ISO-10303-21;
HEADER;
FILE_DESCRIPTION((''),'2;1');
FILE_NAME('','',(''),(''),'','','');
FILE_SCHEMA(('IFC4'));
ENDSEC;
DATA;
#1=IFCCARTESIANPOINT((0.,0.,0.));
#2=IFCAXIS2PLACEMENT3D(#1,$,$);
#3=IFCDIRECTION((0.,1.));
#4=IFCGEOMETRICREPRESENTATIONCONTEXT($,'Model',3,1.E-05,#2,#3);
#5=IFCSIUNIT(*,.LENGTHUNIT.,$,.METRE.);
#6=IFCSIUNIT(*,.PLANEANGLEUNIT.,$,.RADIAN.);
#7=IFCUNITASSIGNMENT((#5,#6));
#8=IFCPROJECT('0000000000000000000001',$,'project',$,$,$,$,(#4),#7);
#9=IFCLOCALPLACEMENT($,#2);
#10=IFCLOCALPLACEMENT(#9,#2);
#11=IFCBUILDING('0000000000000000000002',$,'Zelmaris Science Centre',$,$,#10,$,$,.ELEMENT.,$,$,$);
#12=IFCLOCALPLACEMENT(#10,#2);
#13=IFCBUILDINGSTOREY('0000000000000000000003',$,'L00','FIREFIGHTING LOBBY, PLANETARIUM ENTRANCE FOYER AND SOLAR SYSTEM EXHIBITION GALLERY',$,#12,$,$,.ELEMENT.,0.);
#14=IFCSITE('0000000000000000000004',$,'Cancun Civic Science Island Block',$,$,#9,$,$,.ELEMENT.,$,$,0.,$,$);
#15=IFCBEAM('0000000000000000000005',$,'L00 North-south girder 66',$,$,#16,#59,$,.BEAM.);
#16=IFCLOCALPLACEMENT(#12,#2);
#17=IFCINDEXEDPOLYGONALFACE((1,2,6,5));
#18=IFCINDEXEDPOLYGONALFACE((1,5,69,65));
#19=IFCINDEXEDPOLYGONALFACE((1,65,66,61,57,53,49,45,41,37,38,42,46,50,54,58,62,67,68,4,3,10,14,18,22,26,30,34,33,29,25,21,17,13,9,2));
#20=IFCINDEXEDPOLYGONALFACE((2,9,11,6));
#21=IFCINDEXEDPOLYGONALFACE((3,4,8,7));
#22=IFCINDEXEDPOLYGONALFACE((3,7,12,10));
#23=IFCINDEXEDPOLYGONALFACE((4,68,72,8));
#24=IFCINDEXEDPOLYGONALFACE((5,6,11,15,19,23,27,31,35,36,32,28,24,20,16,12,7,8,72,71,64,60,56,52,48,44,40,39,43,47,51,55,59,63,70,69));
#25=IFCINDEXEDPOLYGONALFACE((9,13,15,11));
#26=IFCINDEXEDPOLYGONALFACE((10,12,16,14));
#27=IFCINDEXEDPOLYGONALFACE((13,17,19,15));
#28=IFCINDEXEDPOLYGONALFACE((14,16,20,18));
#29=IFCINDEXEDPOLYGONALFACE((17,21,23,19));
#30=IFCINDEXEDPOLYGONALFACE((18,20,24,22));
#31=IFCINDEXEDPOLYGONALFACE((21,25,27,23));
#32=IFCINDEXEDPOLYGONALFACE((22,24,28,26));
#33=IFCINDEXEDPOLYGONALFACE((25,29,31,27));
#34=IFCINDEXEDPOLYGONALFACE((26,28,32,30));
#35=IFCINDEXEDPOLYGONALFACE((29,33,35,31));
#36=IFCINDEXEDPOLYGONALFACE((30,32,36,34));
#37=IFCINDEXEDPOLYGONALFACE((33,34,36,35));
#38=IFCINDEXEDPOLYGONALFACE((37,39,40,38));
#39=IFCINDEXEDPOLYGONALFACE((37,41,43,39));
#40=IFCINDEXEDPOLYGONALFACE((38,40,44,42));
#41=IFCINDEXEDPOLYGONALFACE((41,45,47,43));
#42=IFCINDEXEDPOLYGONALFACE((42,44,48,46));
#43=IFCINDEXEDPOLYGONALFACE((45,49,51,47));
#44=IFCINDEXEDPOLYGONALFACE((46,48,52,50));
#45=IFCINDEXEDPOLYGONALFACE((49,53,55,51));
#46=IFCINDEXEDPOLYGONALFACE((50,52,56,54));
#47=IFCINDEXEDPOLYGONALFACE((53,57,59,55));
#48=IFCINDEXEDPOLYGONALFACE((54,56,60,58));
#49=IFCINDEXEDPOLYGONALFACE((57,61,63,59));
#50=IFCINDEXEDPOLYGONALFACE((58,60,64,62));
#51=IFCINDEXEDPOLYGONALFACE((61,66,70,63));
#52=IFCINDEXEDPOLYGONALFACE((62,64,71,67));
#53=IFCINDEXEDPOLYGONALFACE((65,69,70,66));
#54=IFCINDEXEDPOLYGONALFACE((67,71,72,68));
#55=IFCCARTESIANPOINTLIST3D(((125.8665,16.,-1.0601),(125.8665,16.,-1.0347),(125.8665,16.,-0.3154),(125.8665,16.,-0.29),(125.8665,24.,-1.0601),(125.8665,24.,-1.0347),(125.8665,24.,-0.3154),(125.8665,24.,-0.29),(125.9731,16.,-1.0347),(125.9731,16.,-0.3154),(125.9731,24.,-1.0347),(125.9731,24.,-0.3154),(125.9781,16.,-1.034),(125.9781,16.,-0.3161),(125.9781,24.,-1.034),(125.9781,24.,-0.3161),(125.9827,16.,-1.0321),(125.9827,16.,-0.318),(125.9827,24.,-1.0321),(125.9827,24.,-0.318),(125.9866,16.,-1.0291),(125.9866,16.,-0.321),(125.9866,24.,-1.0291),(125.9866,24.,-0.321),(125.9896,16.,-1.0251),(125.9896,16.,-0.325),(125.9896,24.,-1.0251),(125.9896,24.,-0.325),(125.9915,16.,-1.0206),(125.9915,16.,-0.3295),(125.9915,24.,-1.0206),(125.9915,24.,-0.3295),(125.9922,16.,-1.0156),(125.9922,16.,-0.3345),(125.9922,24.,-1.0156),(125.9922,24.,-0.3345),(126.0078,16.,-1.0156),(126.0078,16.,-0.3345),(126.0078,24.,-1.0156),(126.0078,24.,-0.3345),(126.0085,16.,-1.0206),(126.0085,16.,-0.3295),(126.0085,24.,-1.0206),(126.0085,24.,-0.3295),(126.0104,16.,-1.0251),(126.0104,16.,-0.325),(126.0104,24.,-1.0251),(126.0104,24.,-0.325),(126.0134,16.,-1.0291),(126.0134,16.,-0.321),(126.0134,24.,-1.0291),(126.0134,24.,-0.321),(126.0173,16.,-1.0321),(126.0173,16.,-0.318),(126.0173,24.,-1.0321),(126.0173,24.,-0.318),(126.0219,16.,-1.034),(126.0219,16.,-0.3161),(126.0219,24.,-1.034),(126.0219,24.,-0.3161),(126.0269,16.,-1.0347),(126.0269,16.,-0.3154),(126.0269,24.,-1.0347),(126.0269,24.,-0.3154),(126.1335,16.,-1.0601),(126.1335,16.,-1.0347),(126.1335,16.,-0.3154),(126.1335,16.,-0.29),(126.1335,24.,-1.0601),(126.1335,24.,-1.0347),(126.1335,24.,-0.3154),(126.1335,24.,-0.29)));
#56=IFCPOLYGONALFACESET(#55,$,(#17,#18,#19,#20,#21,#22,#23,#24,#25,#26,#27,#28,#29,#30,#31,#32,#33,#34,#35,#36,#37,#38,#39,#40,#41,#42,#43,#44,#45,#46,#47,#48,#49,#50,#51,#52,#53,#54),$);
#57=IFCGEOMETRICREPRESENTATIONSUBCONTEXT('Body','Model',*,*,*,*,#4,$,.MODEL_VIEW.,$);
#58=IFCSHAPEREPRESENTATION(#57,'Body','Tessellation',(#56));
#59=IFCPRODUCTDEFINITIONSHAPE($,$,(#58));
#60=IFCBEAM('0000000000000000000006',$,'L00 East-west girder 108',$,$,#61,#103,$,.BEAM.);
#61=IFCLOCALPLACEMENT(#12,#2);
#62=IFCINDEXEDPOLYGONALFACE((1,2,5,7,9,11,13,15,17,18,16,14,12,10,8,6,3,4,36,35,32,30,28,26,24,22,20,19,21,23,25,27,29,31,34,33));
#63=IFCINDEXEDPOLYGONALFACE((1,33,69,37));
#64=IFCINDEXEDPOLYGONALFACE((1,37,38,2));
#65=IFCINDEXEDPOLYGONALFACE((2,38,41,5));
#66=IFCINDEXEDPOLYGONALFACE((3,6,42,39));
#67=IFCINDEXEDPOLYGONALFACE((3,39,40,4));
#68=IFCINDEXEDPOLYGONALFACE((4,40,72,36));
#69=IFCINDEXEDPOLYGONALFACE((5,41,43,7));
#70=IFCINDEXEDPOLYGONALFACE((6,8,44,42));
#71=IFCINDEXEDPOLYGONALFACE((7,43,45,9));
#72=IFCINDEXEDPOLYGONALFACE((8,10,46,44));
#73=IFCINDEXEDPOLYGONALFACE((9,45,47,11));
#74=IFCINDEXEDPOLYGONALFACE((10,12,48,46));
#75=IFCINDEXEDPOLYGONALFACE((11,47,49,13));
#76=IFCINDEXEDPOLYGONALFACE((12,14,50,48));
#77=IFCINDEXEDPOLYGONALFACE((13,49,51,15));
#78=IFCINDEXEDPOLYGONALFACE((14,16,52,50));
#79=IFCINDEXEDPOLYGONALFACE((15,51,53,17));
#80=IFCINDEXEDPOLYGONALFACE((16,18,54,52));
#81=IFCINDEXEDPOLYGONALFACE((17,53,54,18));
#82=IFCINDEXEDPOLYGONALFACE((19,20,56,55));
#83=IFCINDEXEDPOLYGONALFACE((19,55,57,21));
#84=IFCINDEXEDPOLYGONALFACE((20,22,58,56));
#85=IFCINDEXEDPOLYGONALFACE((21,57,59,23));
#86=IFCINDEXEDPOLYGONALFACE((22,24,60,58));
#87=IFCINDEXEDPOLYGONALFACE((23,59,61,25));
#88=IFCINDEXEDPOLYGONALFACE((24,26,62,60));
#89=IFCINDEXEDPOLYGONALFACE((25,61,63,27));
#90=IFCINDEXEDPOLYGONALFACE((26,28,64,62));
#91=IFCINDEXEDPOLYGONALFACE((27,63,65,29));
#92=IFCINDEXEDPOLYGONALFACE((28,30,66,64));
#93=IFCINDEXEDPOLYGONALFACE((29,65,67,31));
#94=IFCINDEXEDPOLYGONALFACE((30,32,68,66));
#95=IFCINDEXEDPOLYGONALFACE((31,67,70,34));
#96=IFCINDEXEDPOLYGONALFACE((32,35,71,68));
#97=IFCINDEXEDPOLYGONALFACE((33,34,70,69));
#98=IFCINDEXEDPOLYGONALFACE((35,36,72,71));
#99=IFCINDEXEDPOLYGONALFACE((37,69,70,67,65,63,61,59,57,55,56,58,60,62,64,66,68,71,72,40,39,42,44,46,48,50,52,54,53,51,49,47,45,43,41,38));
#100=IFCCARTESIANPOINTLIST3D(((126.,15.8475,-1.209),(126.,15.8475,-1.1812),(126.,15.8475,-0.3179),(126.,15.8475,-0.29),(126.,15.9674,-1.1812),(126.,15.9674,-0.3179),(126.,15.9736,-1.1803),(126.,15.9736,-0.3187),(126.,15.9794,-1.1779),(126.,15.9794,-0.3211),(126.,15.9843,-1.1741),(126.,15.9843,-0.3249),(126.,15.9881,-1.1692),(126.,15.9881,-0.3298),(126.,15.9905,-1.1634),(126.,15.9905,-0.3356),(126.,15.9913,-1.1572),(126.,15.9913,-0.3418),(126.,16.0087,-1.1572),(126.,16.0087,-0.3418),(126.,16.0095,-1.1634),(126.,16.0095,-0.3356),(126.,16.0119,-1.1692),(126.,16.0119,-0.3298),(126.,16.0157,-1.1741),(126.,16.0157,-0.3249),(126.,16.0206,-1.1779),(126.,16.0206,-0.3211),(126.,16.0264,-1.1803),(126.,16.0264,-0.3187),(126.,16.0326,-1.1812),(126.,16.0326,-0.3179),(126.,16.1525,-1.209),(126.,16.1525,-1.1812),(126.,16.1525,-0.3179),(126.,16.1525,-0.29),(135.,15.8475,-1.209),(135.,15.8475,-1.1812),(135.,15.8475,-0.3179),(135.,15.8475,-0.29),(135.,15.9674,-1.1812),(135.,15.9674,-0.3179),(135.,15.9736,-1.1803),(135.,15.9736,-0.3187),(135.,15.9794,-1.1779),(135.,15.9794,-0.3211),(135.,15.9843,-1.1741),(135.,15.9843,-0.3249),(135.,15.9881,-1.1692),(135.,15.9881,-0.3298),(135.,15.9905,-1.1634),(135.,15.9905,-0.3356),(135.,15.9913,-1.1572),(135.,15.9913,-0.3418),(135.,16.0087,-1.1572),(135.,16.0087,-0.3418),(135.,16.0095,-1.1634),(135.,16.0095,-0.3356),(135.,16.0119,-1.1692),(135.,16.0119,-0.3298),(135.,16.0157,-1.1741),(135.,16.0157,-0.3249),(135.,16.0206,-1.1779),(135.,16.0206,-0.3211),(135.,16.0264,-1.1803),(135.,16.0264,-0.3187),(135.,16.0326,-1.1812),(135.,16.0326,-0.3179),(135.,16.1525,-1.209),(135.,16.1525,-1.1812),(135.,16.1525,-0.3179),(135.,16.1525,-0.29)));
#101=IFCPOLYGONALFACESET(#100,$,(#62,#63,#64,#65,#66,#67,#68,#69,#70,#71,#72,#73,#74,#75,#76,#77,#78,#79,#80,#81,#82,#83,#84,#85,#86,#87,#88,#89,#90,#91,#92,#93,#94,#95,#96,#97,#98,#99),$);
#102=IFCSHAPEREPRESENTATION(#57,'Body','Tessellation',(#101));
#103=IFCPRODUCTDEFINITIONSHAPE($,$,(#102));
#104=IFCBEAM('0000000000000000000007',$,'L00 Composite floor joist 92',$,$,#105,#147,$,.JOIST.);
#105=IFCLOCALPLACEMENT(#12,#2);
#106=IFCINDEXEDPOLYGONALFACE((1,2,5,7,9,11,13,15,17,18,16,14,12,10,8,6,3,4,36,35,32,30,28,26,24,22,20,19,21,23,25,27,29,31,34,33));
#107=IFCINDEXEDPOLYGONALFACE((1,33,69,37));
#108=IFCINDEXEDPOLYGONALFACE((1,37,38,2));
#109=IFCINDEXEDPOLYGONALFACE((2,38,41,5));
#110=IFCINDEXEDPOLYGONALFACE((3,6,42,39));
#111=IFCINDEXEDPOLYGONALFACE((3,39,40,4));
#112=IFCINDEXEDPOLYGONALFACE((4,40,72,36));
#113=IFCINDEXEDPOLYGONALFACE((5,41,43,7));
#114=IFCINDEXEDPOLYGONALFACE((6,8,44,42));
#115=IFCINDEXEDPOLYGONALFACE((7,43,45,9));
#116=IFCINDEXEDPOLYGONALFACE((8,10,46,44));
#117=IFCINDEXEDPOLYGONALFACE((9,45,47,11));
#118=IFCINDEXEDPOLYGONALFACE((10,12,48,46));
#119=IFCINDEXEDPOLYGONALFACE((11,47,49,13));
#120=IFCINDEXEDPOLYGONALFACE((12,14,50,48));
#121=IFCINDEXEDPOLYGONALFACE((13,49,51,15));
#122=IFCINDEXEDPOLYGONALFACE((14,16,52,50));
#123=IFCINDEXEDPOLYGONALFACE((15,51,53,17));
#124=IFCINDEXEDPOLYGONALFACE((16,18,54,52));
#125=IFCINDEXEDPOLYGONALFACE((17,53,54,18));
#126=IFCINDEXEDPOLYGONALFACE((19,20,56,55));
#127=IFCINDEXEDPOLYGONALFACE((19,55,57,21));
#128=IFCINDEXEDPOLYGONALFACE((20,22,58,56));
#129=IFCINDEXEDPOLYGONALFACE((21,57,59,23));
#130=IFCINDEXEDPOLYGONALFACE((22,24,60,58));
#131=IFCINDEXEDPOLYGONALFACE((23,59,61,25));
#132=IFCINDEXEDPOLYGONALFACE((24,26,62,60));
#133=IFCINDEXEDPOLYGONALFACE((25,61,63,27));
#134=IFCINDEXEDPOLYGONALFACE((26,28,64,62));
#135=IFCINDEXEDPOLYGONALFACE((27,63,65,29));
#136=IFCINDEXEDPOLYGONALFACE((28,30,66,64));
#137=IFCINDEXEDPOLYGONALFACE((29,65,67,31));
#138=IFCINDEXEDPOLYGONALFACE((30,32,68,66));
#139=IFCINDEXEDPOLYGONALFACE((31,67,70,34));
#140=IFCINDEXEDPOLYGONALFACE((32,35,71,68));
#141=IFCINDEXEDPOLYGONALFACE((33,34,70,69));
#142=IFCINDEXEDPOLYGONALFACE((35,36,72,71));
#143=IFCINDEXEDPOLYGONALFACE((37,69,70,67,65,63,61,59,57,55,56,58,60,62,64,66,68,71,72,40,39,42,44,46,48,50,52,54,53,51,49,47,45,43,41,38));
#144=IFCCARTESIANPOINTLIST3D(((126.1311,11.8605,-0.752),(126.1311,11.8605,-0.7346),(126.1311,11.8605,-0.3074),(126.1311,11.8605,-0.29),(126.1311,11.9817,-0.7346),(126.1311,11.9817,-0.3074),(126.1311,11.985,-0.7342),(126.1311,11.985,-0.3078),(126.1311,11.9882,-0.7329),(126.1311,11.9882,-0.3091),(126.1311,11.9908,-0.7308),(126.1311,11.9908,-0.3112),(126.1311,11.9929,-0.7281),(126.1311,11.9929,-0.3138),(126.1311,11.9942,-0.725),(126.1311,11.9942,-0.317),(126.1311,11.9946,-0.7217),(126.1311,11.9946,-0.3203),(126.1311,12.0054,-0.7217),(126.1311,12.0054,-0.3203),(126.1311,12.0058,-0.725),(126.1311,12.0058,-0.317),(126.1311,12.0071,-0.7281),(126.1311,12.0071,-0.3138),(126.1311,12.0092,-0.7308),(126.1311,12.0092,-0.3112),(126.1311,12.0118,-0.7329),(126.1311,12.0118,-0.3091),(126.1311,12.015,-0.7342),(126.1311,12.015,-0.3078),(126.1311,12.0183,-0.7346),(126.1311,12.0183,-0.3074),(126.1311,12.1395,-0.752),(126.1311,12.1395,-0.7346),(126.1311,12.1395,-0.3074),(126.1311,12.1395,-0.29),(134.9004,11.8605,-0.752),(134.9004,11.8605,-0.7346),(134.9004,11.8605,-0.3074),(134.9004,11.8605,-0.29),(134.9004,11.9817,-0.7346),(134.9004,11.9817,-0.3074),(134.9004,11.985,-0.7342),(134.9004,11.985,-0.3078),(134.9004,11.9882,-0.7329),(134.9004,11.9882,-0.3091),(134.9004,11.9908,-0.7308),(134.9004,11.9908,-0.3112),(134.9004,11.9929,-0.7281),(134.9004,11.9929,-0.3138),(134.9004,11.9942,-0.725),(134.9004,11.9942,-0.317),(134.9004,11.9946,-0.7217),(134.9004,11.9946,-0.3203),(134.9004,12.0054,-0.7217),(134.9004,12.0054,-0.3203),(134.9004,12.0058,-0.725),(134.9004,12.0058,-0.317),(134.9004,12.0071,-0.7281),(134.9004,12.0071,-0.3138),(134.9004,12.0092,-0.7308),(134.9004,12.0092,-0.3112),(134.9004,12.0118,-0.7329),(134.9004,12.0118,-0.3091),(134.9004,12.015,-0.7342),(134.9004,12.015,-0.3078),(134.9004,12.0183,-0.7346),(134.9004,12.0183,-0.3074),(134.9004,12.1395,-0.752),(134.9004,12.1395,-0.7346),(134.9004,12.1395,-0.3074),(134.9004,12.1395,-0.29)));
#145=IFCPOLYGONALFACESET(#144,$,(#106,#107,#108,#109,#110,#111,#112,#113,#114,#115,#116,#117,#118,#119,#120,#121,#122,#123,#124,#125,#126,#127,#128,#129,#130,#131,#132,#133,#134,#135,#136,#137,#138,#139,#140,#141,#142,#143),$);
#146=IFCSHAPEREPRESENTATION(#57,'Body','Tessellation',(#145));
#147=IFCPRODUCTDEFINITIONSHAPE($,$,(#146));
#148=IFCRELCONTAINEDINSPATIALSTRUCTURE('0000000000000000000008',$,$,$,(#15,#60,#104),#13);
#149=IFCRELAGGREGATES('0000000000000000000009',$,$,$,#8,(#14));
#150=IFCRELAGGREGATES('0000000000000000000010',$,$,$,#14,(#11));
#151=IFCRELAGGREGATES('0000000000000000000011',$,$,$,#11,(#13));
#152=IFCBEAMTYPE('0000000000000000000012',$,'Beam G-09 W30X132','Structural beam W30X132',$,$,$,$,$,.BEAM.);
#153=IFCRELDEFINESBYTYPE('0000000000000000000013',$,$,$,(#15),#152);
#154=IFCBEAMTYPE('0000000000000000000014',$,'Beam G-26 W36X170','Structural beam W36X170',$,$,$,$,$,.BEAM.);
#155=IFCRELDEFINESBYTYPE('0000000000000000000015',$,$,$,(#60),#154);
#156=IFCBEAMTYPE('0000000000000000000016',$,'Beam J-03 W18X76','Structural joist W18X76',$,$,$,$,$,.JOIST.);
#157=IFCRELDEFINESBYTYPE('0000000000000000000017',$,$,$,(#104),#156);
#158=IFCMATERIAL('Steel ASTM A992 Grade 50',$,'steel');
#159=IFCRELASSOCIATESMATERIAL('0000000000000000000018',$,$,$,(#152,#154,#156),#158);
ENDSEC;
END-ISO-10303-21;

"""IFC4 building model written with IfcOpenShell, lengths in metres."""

from ifc_helpers import new_model, si_unit, direction, frame, origin, origin_2d, place, context, subcontext, project, spatial, i_section, extrude, material, material_profile, profile_set, type_object, element, save


model = new_model("IFC4")

# Units and contexts
model_context = context("Model", 3, precision=1e-05, world=origin(), true_north=direction((0.0, 1.0)))
body_context = subcontext(model_context, "Body", "Model", "MODEL_VIEW")
ifc_project = project(units=[si_unit("LENGTHUNIT", "METRE"), si_unit("PLANEANGLEUNIT", "RADIAN")], contexts=[model_context])

# Site, building, storey
site_placement = place(None, origin())
site = spatial("IfcSite", under=ifc_project, at=site_placement, Name="Cancun Civic Science Island Block", CompositionType="ELEMENT", RefElevation=0.0)
building_placement = place(site_placement, origin())
building = spatial("IfcBuilding", under=site, at=building_placement, Name="Zelmaris Science Centre", CompositionType="ELEMENT")
storey_placement = place(building_placement, origin())
storey = spatial("IfcBuildingStorey", under=building, at=storey_placement, Name="L00", Description="FIREFIGHTING LOBBY, PLANETARIUM ENTRANCE FOYER AND SOLAR SYSTEM EXHIBITION GALLERY", CompositionType="ELEMENT", Elevation=0.0)

# Shared definitions
ifc_material_1 = material(Name="Steel ASTM A992 Grade 50", Category="steel")

# Beams
ifc_material_profile_1 = material_profile(ifc_material_1, i_section(OverallWidth=0.2671, OverallDepth=0.77, WebThickness=0.0156, FlangeThickness=0.0254, FilletRadius=0.019, at=origin_2d()), Name="W30X132")
ifc_profile_set_1 = profile_set([ifc_material_profile_1], Name="Steel ASTM A992 Grade 50")
beam_type_1 = type_object("IfcBeamType", Name="Beam G-09 W30X132", Description="Structural beam W30X132", PredefinedType="BEAM", material=ifc_profile_set_1)
beam_1_placement = place(storey_placement, frame((126.0, 16.0, -0.675), z_axis=(0.0, 1.0, 0.0), x_axis=(-1.0, 0.0, 0.0)))
element("IfcBeam", 1, at=beam_1_placement, inside=storey, type_object=beam_type_1, Name="L00 North-south girder 66", PredefinedType="BEAM", context=body_context, shape_type="SweptSolid", body=[
    extrude(i_section(OverallWidth=0.2671, OverallDepth=0.77, WebThickness=0.0156, FlangeThickness=0.0254, FilletRadius=0.019, at=origin_2d()), origin(), (0.0, 0.0, 1.0), 8.0),
])
ifc_material_profile_2 = material_profile(ifc_material_1, i_section(OverallWidth=0.3049, OverallDepth=0.9189, WebThickness=0.0173, FlangeThickness=0.0278, FilletRadius=0.0239, at=origin_2d()), Name="W36X170")
ifc_profile_set_2 = profile_set([ifc_material_profile_2], Name="Steel ASTM A992 Grade 50")
beam_type_2 = type_object("IfcBeamType", Name="Beam G-26 W36X170", Description="Structural beam W36X170", PredefinedType="BEAM", material=ifc_profile_set_2)
beam_2_placement = place(storey_placement, frame((126.0, 16.0, -0.7495), z_axis=(1.0, 0.0, 0.0), x_axis=(0.0, 1.0, 0.0)))
element("IfcBeam", 2, at=beam_2_placement, inside=storey, type_object=beam_type_2, Name="L00 East-west girder 108", PredefinedType="BEAM", context=body_context, shape_type="SweptSolid", body=[
    extrude(i_section(OverallWidth=0.3049, OverallDepth=0.9189, WebThickness=0.0173, FlangeThickness=0.0278, FilletRadius=0.0239, at=origin_2d()), origin(), (0.0, 0.0, 1.0), 9.0),
])
ifc_material_profile_3 = material_profile(ifc_material_1, i_section(OverallWidth=0.2791, OverallDepth=0.4619, WebThickness=0.0107, FlangeThickness=0.0173, FilletRadius=0.0129, at=origin_2d()), Name="W18X76")
ifc_profile_set_3 = profile_set([ifc_material_profile_3], Name="Steel ASTM A992 Grade 50")
beam_type_3 = type_object("IfcBeamType", Name="Beam J-03 W18X76", Description="Structural joist W18X76", PredefinedType="JOIST", material=ifc_profile_set_3)
beam_3_placement = place(storey_placement, frame((126.1311, 12.0, -0.521), z_axis=(1.0, 0.0, 0.0), x_axis=(0.0, 1.0, 0.0)))
element("IfcBeam", 3, at=beam_3_placement, inside=storey, type_object=beam_type_3, Name="L00 Composite floor joist 92", PredefinedType="JOIST", context=body_context, shape_type="SweptSolid", body=[
    extrude(i_section(OverallWidth=0.2791, OverallDepth=0.4619, WebThickness=0.0107, FlangeThickness=0.0173, FilletRadius=0.0129, at=origin_2d()), origin(), (0.0, 0.0, 1.0), 8.7693),
])

save(model, "model.ifc")
